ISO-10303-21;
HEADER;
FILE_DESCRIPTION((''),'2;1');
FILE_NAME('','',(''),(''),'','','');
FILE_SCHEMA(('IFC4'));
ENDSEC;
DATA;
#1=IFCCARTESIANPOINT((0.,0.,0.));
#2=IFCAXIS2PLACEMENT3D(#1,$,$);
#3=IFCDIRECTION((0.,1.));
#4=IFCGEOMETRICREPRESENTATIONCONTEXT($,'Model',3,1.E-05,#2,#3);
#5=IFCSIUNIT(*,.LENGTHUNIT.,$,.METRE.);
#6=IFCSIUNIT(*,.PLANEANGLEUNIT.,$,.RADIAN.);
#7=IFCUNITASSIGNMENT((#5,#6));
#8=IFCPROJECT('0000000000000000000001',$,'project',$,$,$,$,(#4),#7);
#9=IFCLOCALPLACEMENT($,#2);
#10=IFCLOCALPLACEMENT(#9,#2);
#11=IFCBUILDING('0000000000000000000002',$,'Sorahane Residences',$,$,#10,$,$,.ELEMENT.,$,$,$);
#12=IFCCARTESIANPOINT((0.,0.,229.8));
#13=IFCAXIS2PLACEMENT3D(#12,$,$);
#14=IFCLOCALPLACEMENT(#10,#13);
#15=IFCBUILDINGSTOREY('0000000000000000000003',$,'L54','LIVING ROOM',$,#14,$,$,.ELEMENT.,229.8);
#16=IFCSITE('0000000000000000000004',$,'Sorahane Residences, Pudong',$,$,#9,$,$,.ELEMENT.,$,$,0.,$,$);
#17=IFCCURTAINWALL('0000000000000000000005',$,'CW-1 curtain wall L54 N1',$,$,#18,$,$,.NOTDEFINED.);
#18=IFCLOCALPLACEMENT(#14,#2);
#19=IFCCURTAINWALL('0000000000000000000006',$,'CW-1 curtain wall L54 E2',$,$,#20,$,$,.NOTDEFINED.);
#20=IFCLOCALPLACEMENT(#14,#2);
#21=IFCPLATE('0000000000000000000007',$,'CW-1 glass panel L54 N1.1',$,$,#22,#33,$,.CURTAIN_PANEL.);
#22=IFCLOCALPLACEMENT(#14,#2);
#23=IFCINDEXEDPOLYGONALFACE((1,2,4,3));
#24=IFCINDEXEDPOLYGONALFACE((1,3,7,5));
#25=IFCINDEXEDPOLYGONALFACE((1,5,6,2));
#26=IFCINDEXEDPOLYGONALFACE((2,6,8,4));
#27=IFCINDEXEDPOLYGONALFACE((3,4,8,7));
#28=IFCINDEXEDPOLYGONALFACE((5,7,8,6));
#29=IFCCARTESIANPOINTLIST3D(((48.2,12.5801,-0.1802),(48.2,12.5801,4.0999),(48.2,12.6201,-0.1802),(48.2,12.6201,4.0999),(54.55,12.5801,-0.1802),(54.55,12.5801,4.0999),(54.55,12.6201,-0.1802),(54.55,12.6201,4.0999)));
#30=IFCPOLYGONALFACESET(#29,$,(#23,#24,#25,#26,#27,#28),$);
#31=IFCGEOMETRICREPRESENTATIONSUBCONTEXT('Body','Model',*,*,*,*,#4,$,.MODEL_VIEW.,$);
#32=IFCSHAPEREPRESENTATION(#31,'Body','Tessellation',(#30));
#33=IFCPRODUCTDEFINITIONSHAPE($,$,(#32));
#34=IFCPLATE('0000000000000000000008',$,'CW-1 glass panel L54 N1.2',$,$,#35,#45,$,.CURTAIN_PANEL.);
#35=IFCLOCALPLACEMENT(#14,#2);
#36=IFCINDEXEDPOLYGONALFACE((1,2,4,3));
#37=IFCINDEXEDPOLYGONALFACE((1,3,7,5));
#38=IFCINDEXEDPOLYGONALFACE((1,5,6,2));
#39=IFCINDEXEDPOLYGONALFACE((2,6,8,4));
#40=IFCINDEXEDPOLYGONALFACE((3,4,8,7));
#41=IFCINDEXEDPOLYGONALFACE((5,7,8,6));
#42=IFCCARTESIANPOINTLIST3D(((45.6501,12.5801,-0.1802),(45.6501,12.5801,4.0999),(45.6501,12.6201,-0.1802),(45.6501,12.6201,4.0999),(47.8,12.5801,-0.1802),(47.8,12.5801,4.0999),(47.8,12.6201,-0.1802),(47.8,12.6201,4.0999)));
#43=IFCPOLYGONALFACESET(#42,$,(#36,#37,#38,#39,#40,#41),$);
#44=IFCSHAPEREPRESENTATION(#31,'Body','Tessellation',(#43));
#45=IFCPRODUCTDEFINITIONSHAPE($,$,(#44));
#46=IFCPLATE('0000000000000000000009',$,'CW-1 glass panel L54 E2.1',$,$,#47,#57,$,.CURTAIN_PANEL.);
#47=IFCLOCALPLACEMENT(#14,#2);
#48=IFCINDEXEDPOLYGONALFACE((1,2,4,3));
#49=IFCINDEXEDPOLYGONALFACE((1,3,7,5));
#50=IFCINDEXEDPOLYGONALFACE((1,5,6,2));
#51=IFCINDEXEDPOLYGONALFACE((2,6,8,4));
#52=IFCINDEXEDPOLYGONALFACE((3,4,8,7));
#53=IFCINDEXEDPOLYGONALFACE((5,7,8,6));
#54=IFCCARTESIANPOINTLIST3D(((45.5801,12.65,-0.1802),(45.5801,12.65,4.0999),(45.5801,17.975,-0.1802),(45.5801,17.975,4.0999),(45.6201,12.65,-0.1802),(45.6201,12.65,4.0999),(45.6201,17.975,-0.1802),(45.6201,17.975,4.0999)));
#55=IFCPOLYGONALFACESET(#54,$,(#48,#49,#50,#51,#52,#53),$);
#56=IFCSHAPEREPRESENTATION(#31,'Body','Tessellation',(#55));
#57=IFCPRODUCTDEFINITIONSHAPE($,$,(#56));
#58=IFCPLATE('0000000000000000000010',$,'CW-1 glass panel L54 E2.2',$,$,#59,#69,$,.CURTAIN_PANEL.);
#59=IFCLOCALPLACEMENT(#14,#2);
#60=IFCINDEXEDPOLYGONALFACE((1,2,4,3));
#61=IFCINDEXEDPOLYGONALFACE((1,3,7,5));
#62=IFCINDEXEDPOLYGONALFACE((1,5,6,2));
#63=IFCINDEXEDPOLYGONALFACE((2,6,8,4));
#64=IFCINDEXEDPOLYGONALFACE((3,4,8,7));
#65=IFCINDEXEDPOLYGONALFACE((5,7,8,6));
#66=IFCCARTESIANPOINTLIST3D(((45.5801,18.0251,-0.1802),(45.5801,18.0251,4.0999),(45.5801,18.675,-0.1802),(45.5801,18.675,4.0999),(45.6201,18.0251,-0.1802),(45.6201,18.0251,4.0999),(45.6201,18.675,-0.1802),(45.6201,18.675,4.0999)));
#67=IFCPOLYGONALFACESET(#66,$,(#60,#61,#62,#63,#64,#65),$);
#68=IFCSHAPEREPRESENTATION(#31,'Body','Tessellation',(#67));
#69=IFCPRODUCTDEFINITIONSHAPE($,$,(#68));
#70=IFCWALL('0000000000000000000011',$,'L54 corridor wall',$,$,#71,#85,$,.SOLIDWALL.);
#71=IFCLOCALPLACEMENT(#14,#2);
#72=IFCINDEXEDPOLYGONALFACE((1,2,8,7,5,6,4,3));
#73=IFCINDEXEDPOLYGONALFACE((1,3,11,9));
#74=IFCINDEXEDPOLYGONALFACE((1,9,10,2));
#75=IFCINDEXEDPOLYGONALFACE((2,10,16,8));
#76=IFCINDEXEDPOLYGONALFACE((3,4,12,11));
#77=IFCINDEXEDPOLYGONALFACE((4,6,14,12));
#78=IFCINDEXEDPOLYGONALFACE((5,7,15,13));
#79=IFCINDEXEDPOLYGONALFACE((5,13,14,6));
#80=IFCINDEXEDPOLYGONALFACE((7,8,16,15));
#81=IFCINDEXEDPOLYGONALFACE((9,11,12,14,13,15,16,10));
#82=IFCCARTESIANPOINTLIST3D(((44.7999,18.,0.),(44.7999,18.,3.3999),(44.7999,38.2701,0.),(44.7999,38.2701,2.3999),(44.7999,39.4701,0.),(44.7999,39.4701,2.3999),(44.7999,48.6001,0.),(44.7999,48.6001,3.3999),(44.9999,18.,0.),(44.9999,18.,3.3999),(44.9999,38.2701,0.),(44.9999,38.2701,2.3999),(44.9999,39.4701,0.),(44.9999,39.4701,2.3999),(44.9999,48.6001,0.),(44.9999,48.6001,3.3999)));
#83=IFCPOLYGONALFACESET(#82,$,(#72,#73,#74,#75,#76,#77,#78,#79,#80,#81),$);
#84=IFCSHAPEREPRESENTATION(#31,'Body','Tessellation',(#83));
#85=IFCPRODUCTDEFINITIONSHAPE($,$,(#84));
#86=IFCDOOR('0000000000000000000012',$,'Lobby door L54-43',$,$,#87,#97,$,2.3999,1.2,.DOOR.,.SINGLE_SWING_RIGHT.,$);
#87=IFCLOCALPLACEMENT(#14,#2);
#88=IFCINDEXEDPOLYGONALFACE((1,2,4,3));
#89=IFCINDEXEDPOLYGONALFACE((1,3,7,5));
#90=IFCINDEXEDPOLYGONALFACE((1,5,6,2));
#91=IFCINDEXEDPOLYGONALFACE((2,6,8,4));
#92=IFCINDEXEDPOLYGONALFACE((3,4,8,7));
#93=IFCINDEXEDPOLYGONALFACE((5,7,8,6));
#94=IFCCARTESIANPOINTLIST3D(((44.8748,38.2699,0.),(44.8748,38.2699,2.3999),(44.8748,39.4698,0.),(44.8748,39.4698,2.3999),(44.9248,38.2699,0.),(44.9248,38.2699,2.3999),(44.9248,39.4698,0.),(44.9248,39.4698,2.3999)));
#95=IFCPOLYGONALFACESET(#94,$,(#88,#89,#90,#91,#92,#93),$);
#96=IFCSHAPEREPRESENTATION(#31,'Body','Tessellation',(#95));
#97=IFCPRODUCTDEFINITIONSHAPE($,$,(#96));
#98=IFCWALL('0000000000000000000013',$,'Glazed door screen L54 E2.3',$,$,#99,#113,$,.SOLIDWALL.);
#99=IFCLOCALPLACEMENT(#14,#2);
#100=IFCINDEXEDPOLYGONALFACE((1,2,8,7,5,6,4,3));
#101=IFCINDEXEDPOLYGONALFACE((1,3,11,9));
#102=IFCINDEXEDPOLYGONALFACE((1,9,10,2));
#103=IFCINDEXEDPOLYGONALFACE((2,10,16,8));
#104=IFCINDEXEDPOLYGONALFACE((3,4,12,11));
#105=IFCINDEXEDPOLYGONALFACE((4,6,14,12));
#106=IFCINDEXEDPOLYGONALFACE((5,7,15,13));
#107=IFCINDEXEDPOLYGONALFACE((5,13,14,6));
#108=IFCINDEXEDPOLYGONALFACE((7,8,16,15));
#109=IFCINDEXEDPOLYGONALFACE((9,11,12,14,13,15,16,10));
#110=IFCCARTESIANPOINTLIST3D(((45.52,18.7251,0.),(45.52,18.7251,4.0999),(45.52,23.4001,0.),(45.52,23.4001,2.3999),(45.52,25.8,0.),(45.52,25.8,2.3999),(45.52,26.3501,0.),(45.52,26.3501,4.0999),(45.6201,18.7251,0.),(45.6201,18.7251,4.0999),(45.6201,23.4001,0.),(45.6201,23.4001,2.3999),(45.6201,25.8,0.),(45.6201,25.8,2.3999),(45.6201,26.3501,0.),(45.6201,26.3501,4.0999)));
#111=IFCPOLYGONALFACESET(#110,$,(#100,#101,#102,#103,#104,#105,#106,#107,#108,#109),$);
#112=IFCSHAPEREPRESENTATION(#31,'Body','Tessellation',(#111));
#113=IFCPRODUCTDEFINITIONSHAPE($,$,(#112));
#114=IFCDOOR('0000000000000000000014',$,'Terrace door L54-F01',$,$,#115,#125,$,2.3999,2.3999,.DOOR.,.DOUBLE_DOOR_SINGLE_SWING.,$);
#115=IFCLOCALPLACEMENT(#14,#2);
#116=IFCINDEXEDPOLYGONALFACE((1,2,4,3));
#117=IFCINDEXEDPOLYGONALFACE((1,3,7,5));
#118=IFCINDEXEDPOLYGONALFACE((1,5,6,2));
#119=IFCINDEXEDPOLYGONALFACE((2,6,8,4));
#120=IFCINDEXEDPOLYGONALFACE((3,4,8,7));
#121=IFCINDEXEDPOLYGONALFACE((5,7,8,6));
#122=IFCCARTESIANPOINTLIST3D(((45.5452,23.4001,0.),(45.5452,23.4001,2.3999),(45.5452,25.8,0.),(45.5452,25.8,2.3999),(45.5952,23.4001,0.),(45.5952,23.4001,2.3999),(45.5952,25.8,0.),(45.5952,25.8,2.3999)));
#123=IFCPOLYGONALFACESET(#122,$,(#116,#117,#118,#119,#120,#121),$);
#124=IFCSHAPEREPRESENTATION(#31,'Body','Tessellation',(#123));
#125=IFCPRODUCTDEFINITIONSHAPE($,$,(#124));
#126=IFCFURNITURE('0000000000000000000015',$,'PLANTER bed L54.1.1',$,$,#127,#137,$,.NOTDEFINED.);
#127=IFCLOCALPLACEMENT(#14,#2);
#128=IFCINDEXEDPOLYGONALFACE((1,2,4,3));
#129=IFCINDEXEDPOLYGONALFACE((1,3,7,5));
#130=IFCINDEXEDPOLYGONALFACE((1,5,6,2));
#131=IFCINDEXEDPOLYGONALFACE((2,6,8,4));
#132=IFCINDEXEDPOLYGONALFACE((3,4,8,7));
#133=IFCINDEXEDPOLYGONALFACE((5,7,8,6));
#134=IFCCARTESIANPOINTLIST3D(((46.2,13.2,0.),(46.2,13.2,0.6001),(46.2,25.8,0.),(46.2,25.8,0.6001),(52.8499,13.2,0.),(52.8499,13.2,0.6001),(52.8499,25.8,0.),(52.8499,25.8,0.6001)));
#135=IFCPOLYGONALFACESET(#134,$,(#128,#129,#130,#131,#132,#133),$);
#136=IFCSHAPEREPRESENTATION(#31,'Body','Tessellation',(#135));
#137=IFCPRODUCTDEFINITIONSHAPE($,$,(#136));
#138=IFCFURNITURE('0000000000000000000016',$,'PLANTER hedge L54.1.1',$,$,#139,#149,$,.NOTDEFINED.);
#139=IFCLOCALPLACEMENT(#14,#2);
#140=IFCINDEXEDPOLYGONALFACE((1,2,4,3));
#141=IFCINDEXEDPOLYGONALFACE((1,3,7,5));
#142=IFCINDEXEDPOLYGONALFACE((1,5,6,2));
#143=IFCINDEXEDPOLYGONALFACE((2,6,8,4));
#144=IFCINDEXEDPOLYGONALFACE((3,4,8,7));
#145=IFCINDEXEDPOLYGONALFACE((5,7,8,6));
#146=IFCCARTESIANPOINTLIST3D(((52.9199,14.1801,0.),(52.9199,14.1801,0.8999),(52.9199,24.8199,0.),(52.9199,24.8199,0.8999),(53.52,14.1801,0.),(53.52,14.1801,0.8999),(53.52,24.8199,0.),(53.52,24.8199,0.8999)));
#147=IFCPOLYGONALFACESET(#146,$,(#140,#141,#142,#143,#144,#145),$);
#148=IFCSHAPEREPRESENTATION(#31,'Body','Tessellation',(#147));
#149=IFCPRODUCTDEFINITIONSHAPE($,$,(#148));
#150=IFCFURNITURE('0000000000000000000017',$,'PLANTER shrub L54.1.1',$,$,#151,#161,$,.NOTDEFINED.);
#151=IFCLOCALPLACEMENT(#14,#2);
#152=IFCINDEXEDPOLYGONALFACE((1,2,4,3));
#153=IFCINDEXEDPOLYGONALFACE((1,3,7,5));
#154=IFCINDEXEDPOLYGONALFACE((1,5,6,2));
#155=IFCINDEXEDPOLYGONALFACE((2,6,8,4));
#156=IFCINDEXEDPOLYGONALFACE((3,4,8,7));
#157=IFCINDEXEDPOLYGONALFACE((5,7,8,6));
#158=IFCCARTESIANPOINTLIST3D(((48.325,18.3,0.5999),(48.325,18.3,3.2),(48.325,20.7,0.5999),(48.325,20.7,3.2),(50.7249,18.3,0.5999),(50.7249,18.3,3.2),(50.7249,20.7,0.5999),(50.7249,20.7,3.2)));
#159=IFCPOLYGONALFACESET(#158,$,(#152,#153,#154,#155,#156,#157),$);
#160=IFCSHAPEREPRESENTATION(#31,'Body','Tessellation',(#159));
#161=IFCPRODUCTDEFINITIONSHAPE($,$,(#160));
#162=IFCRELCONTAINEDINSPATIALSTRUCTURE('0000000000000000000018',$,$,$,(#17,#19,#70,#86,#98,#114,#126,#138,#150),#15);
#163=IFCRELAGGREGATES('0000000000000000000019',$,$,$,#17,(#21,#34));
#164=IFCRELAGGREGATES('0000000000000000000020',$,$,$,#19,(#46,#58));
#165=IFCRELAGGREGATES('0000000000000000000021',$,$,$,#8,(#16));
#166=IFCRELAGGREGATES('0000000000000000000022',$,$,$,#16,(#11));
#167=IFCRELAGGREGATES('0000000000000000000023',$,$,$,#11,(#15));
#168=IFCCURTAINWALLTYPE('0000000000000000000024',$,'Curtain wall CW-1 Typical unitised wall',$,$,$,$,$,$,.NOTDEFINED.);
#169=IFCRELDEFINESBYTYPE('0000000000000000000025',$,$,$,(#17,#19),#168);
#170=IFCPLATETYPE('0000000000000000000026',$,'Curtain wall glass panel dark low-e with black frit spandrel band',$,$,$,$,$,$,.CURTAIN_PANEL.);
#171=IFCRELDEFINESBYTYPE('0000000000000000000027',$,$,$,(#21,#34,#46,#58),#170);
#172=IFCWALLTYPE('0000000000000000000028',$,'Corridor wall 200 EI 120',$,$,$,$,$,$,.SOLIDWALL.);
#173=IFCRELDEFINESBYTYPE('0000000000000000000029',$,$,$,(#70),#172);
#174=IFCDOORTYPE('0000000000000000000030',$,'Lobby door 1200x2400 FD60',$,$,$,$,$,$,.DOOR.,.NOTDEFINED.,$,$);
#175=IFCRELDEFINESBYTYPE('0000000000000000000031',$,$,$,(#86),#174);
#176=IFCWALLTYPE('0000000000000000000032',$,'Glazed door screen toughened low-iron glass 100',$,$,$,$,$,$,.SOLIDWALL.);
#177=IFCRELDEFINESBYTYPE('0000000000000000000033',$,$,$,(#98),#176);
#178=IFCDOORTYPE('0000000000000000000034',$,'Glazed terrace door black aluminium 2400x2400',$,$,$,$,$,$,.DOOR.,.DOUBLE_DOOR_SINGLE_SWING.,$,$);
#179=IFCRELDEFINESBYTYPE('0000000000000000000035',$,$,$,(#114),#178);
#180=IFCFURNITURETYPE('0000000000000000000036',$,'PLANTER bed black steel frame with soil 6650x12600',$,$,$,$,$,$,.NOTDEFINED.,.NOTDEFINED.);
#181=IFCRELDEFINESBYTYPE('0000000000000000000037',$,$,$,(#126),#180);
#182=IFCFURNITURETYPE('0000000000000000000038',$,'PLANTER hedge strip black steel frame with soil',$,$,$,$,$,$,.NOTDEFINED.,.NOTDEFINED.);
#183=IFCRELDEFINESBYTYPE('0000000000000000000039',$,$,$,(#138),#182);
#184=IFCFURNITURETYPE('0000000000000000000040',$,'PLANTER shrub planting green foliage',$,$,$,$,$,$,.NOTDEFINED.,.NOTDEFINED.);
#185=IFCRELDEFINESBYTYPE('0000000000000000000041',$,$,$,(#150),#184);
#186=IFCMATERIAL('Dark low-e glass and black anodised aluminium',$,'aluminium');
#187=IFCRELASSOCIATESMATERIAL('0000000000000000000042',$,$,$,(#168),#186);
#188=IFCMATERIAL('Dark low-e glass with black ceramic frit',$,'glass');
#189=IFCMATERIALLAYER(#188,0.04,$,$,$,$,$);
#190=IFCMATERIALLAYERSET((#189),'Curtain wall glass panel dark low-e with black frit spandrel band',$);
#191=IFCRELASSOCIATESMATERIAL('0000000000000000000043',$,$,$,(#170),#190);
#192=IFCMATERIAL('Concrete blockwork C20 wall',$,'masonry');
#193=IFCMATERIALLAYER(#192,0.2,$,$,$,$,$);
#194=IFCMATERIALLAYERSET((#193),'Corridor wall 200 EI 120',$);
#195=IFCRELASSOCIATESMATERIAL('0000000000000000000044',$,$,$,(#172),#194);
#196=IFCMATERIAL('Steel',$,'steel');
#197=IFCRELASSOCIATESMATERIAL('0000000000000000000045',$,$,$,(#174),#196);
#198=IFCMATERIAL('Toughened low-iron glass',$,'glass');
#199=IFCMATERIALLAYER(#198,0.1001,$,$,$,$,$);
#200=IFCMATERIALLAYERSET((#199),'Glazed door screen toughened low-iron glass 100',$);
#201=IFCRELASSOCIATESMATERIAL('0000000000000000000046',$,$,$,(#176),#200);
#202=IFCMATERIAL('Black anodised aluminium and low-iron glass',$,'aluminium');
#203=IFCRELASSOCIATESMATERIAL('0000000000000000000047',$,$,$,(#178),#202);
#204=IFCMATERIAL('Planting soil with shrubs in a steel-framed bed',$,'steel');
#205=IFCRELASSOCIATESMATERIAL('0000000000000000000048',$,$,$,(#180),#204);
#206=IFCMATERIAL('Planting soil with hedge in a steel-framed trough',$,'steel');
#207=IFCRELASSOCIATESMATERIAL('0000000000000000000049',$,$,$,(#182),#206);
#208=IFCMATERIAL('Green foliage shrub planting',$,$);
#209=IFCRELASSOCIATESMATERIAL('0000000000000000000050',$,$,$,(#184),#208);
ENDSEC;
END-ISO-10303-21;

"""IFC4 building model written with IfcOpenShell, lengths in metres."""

from ifc_helpers import new_model, si_unit, direction, frame, frame_2d, origin, origin_2d, place, context, subcontext, project, spatial, rectangle, extrude, material, layer, layer_set, type_object, element, fill, aggregate, save


model = new_model("IFC4")

# Units and contexts
model_context = context("Model", 3, precision=1e-05, world=origin(), true_north=direction((0.0, 1.0)))
body_context = subcontext(model_context, "Body", "Model", "MODEL_VIEW")
ifc_project = project(units=[si_unit("LENGTHUNIT", "METRE"), si_unit("PLANEANGLEUNIT", "RADIAN")], contexts=[model_context])

# Site, building, storey
site_placement = place(None, origin())
site = spatial("IfcSite", under=ifc_project, at=site_placement, Name="Sorahane Residences, Pudong", CompositionType="ELEMENT", RefElevation=0.0)
building_placement = place(site_placement, origin())
building = spatial("IfcBuilding", under=site, at=building_placement, Name="Sorahane Residences", CompositionType="ELEMENT")
storey_placement = place(building_placement, frame((0.0, 0.0, 229.8)))
storey = spatial("IfcBuildingStorey", under=building, at=storey_placement, Name="L54", Description="LIVING ROOM", CompositionType="ELEMENT", Elevation=229.8)

# Shared definitions
ifc_material_1 = material(Name="Dark low-e glass and black anodised aluminium", Category="aluminium")
curtain_wall_type = type_object("IfcCurtainWallType", Name="Curtain wall CW-1 Typical unitised wall", PredefinedType="NOTDEFINED", material=ifc_material_1)

# Curtain walls
curtain_wall_1_placement = place(storey_placement, origin())
curtain_wall_1 = element("IfcCurtainWall", 1, at=curtain_wall_1_placement, inside=storey, type_object=curtain_wall_type, Name="CW-1 curtain wall L54 N1", PredefinedType="NOTDEFINED")
curtain_wall_2_placement = place(storey_placement, origin())
curtain_wall_2 = element("IfcCurtainWall", 2, at=curtain_wall_2_placement, inside=storey, type_object=curtain_wall_type, Name="CW-1 curtain wall L54 E2", PredefinedType="NOTDEFINED")

# Plates
ifc_material_2 = material(Name="Dark low-e glass with black ceramic frit", Category="glass")
ifc_layer_1 = layer(ifc_material_2, 0.04)
ifc_layer_set_1 = layer_set([ifc_layer_1], Name="Curtain wall glass panel dark low-e with black frit spandrel band")
plate_type = type_object("IfcPlateType", Name="Curtain wall glass panel dark low-e with black frit spandrel band", PredefinedType="CURTAIN_PANEL", material=ifc_layer_set_1)
plate_1_placement = place(storey_placement, frame((51.375, 12.6001, -0.1802), z_axis=(0.0, 0.0, 1.0), x_axis=(-1.0, 0.0, 0.0)))
plate_1 = element("IfcPlate", 3, at=plate_1_placement, type_object=plate_type, Name="CW-1 glass panel L54 N1.1", PredefinedType="CURTAIN_PANEL", context=body_context, shape_type="SweptSolid", body=[
    extrude(rectangle(XDim=6.3501, YDim=0.04, at=origin_2d()), origin(), (0.0, 0.0, 1.0), 4.28),
])
plate_2_placement = place(storey_placement, frame((46.7251, 12.6001, -0.1802), z_axis=(0.0, 0.0, 1.0), x_axis=(-1.0, 0.0, 0.0)))
plate_2 = element("IfcPlate", 4, at=plate_2_placement, type_object=plate_type, Name="CW-1 glass panel L54 N1.2", PredefinedType="CURTAIN_PANEL", context=body_context, shape_type="SweptSolid", body=[
    extrude(rectangle(XDim=2.1499, YDim=0.04, at=origin_2d()), origin(), (0.0, 0.0, 1.0), 4.28),
])
aggregate(curtain_wall_1, [plate_1, plate_2])
plate_3_placement = place(storey_placement, frame((45.6001, 15.3125, -0.1802), z_axis=(0.0, 0.0, 1.0), x_axis=(0.0, 1.0, 0.0)))
plate_3 = element("IfcPlate", 5, at=plate_3_placement, type_object=plate_type, Name="CW-1 glass panel L54 E2.1", PredefinedType="CURTAIN_PANEL", context=body_context, shape_type="SweptSolid", body=[
    extrude(rectangle(XDim=5.325, YDim=0.04, at=origin_2d()), origin(), (0.0, 0.0, 1.0), 4.28),
])
plate_4_placement = place(storey_placement, frame((45.6001, 18.3501, -0.1802), z_axis=(0.0, 0.0, 1.0), x_axis=(0.0, 1.0, 0.0)))
plate_4 = element("IfcPlate", 6, at=plate_4_placement, type_object=plate_type, Name="CW-1 glass panel L54 E2.2", PredefinedType="CURTAIN_PANEL", context=body_context, shape_type="SweptSolid", body=[
    extrude(rectangle(XDim=0.6499, YDim=0.04, at=origin_2d()), origin(), (0.0, 0.0, 1.0), 4.28),
])
aggregate(curtain_wall_2, [plate_3, plate_4])

# Walls, openings, doors
ifc_material_3 = material(Name="Concrete blockwork C20 wall", Category="masonry")
ifc_layer_2 = layer(ifc_material_3, 0.2)
ifc_layer_set_2 = layer_set([ifc_layer_2], Name="Corridor wall 200 EI 120")
wall_type_1 = type_object("IfcWallType", Name="Corridor wall 200 EI 120", PredefinedType="SOLIDWALL", material=ifc_layer_set_2)
wall_1_placement = place(storey_placement, frame((44.8999, 18.0, 0.0), z_axis=(0.0, 0.0, 1.0), x_axis=(0.0, 1.0, 0.0)))
wall_1 = element("IfcWall", 7, at=wall_1_placement, inside=storey, type_object=wall_type_1, Name="L54 corridor wall", PredefinedType="SOLIDWALL", context=body_context, shape_type="SweptSolid", body=[
    extrude(rectangle(XDim=30.6001, YDim=0.2, at=frame_2d((15.3, 0.0))), origin(), (0.0, 0.0, 1.0), 3.3999),
])
opening_1_placement = place(wall_1_placement, frame((20.27, 0.0, 0.0)))
opening_1 = element("IfcOpeningElement", 8, at=opening_1_placement, cuts=wall_1, PredefinedType="OPENING", context=body_context, shape_type="SweptSolid", body=[
    extrude(rectangle(XDim=1.2, YDim=2.3999, at=frame_2d((0.6001, 1.2))), frame((0.0, 0.1099, 0.0), z_axis=(0.0, -1.0, 0.0), x_axis=(1.0, 0.0, 0.0)), (0.0, 0.0, 1.0), 0.22),
])
ifc_material_4 = material(Name="Steel", Category="steel")
door_type_1 = type_object("IfcDoorType", Name="Lobby door 1200x2400 FD60", OperationType="NOTDEFINED", PredefinedType="DOOR", material=ifc_material_4)
door_1_placement = place(opening_1_placement, frame((1.2, 0.0, 0.0), z_axis=(0.0, 0.0, 1.0), x_axis=(-1.0, 0.0, 0.0)))
door_1 = element("IfcDoor", 9, at=door_1_placement, inside=storey, type_object=door_type_1, Name="Lobby door L54-43", OperationType="SINGLE_SWING_RIGHT", OverallHeight=2.3999, OverallWidth=1.2, PredefinedType="DOOR", context=body_context, shape_type="SweptSolid", body=[
    extrude(rectangle(XDim=1.2, YDim=2.3999, at=frame_2d((0.6001, 1.2))), frame((0.0, 0.0249, 0.0), z_axis=(0.0, -1.0, 0.0), x_axis=(1.0, 0.0, 0.0)), (0.0, 0.0, 1.0), 0.05),
])
fill(opening_1, door_1)
ifc_material_5 = material(Name="Toughened low-iron glass", Category="glass")
ifc_layer_3 = layer(ifc_material_5, 0.1001)
ifc_layer_set_3 = layer_set([ifc_layer_3], Name="Glazed door screen toughened low-iron glass 100")
wall_type_2 = type_object("IfcWallType", Name="Glazed door screen toughened low-iron glass 100", PredefinedType="SOLIDWALL", material=ifc_layer_set_3)
wall_2_placement = place(storey_placement, frame((45.5701, 18.7251, 0.0), z_axis=(0.0, 0.0, 1.0), x_axis=(0.0, 1.0, 0.0)))
wall_2 = element("IfcWall", 10, at=wall_2_placement, inside=storey, type_object=wall_type_2, Name="Glazed door screen L54 E2.3", PredefinedType="SOLIDWALL", context=body_context, shape_type="SweptSolid", body=[
    extrude(rectangle(XDim=7.625, YDim=0.1001, at=frame_2d((3.8125, 0.0))), origin(), (0.0, 0.0, 1.0), 4.0999),
])
opening_2_placement = place(wall_2_placement, frame((4.675, 0.0, 0.0)))
opening_2 = element("IfcOpeningElement", 11, at=opening_2_placement, cuts=wall_2, PredefinedType="OPENING", context=body_context, shape_type="SweptSolid", body=[
    extrude(rectangle(XDim=2.3999, YDim=2.3999, at=frame_2d((1.2, 1.2))), frame((0.0, 0.0601, 0.0), z_axis=(0.0, -1.0, 0.0), x_axis=(1.0, 0.0, 0.0)), (0.0, 0.0, 1.0), 0.1201),
])
ifc_material_6 = material(Name="Black anodised aluminium and low-iron glass", Category="aluminium")
door_type_2 = type_object("IfcDoorType", Name="Glazed terrace door black aluminium 2400x2400", OperationType="DOUBLE_DOOR_SINGLE_SWING", PredefinedType="DOOR", material=ifc_material_6)
door_2_placement = place(opening_2_placement, origin())
door_2 = element("IfcDoor", 12, at=door_2_placement, inside=storey, type_object=door_type_2, Name="Terrace door L54-F01", OperationType="DOUBLE_DOOR_SINGLE_SWING", OverallHeight=2.3999, OverallWidth=2.3999, PredefinedType="DOOR", context=body_context, shape_type="SweptSolid", body=[
    extrude(rectangle(XDim=2.3999, YDim=2.3999, at=frame_2d((1.2, 1.2))), frame((0.0, 0.0249, 0.0), z_axis=(0.0, -1.0, 0.0), x_axis=(1.0, 0.0, 0.0)), (0.0, 0.0, 1.0), 0.05),
])
fill(opening_2, door_2)

# Furniture
ifc_material_7 = material(Name="Planting soil with shrubs in a steel-framed bed", Category="steel")
furniture_type_1 = type_object("IfcFurnitureType", Name="PLANTER bed black steel frame with soil 6650x12600", AssemblyPlace="NOTDEFINED", PredefinedType="NOTDEFINED", material=ifc_material_7)
furniture_1_placement = place(storey_placement, frame((49.5249, 19.5, 0.0), z_axis=(0.0, 0.0, 1.0), x_axis=(1.0, 0.0, 0.0)))
element("IfcFurniture", 13, at=furniture_1_placement, inside=storey, type_object=furniture_type_1, Name="PLANTER bed L54.1.1", PredefinedType="NOTDEFINED", context=body_context, shape_type="SweptSolid", body=[
    extrude(rectangle(XDim=6.6499, YDim=12.6001, at=origin_2d()), origin(), (0.0, 0.0, 1.0), 0.6001),
])
ifc_material_8 = material(Name="Planting soil with hedge in a steel-framed trough", Category="steel")
furniture_type_2 = type_object("IfcFurnitureType", Name="PLANTER hedge strip black steel frame with soil", AssemblyPlace="NOTDEFINED", PredefinedType="NOTDEFINED", material=ifc_material_8)
furniture_2_placement = place(storey_placement, frame((53.22, 19.5, 0.0), z_axis=(0.0, 0.0, 1.0), x_axis=(0.0, -1.0, 0.0)))
element("IfcFurniture", 14, at=furniture_2_placement, inside=storey, type_object=furniture_type_2, Name="PLANTER hedge L54.1.1", PredefinedType="NOTDEFINED", context=body_context, shape_type="SweptSolid", body=[
    extrude(rectangle(XDim=10.6399, YDim=0.6001, at=origin_2d()), origin(), (0.0, 0.0, 1.0), 0.8999),
])
ifc_material_9 = material(Name="Green foliage shrub planting")
furniture_type_3 = type_object("IfcFurnitureType", Name="PLANTER shrub planting green foliage", AssemblyPlace="NOTDEFINED", PredefinedType="NOTDEFINED", material=ifc_material_9)
furniture_3_placement = place(storey_placement, frame((49.5249, 19.5, 0.5999), z_axis=(0.0, 0.0, 1.0), x_axis=(1.0, 0.0, 0.0)))
element("IfcFurniture", 15, at=furniture_3_placement, inside=storey, type_object=furniture_type_3, Name="PLANTER shrub L54.1.1", PredefinedType="NOTDEFINED", context=body_context, shape_type="SweptSolid", body=[
    extrude(rectangle(XDim=2.3999, YDim=2.3999, at=origin_2d()), origin(), (0.0, 0.0, 1.0), 2.6001),
])

save(model, "model.ifc")
